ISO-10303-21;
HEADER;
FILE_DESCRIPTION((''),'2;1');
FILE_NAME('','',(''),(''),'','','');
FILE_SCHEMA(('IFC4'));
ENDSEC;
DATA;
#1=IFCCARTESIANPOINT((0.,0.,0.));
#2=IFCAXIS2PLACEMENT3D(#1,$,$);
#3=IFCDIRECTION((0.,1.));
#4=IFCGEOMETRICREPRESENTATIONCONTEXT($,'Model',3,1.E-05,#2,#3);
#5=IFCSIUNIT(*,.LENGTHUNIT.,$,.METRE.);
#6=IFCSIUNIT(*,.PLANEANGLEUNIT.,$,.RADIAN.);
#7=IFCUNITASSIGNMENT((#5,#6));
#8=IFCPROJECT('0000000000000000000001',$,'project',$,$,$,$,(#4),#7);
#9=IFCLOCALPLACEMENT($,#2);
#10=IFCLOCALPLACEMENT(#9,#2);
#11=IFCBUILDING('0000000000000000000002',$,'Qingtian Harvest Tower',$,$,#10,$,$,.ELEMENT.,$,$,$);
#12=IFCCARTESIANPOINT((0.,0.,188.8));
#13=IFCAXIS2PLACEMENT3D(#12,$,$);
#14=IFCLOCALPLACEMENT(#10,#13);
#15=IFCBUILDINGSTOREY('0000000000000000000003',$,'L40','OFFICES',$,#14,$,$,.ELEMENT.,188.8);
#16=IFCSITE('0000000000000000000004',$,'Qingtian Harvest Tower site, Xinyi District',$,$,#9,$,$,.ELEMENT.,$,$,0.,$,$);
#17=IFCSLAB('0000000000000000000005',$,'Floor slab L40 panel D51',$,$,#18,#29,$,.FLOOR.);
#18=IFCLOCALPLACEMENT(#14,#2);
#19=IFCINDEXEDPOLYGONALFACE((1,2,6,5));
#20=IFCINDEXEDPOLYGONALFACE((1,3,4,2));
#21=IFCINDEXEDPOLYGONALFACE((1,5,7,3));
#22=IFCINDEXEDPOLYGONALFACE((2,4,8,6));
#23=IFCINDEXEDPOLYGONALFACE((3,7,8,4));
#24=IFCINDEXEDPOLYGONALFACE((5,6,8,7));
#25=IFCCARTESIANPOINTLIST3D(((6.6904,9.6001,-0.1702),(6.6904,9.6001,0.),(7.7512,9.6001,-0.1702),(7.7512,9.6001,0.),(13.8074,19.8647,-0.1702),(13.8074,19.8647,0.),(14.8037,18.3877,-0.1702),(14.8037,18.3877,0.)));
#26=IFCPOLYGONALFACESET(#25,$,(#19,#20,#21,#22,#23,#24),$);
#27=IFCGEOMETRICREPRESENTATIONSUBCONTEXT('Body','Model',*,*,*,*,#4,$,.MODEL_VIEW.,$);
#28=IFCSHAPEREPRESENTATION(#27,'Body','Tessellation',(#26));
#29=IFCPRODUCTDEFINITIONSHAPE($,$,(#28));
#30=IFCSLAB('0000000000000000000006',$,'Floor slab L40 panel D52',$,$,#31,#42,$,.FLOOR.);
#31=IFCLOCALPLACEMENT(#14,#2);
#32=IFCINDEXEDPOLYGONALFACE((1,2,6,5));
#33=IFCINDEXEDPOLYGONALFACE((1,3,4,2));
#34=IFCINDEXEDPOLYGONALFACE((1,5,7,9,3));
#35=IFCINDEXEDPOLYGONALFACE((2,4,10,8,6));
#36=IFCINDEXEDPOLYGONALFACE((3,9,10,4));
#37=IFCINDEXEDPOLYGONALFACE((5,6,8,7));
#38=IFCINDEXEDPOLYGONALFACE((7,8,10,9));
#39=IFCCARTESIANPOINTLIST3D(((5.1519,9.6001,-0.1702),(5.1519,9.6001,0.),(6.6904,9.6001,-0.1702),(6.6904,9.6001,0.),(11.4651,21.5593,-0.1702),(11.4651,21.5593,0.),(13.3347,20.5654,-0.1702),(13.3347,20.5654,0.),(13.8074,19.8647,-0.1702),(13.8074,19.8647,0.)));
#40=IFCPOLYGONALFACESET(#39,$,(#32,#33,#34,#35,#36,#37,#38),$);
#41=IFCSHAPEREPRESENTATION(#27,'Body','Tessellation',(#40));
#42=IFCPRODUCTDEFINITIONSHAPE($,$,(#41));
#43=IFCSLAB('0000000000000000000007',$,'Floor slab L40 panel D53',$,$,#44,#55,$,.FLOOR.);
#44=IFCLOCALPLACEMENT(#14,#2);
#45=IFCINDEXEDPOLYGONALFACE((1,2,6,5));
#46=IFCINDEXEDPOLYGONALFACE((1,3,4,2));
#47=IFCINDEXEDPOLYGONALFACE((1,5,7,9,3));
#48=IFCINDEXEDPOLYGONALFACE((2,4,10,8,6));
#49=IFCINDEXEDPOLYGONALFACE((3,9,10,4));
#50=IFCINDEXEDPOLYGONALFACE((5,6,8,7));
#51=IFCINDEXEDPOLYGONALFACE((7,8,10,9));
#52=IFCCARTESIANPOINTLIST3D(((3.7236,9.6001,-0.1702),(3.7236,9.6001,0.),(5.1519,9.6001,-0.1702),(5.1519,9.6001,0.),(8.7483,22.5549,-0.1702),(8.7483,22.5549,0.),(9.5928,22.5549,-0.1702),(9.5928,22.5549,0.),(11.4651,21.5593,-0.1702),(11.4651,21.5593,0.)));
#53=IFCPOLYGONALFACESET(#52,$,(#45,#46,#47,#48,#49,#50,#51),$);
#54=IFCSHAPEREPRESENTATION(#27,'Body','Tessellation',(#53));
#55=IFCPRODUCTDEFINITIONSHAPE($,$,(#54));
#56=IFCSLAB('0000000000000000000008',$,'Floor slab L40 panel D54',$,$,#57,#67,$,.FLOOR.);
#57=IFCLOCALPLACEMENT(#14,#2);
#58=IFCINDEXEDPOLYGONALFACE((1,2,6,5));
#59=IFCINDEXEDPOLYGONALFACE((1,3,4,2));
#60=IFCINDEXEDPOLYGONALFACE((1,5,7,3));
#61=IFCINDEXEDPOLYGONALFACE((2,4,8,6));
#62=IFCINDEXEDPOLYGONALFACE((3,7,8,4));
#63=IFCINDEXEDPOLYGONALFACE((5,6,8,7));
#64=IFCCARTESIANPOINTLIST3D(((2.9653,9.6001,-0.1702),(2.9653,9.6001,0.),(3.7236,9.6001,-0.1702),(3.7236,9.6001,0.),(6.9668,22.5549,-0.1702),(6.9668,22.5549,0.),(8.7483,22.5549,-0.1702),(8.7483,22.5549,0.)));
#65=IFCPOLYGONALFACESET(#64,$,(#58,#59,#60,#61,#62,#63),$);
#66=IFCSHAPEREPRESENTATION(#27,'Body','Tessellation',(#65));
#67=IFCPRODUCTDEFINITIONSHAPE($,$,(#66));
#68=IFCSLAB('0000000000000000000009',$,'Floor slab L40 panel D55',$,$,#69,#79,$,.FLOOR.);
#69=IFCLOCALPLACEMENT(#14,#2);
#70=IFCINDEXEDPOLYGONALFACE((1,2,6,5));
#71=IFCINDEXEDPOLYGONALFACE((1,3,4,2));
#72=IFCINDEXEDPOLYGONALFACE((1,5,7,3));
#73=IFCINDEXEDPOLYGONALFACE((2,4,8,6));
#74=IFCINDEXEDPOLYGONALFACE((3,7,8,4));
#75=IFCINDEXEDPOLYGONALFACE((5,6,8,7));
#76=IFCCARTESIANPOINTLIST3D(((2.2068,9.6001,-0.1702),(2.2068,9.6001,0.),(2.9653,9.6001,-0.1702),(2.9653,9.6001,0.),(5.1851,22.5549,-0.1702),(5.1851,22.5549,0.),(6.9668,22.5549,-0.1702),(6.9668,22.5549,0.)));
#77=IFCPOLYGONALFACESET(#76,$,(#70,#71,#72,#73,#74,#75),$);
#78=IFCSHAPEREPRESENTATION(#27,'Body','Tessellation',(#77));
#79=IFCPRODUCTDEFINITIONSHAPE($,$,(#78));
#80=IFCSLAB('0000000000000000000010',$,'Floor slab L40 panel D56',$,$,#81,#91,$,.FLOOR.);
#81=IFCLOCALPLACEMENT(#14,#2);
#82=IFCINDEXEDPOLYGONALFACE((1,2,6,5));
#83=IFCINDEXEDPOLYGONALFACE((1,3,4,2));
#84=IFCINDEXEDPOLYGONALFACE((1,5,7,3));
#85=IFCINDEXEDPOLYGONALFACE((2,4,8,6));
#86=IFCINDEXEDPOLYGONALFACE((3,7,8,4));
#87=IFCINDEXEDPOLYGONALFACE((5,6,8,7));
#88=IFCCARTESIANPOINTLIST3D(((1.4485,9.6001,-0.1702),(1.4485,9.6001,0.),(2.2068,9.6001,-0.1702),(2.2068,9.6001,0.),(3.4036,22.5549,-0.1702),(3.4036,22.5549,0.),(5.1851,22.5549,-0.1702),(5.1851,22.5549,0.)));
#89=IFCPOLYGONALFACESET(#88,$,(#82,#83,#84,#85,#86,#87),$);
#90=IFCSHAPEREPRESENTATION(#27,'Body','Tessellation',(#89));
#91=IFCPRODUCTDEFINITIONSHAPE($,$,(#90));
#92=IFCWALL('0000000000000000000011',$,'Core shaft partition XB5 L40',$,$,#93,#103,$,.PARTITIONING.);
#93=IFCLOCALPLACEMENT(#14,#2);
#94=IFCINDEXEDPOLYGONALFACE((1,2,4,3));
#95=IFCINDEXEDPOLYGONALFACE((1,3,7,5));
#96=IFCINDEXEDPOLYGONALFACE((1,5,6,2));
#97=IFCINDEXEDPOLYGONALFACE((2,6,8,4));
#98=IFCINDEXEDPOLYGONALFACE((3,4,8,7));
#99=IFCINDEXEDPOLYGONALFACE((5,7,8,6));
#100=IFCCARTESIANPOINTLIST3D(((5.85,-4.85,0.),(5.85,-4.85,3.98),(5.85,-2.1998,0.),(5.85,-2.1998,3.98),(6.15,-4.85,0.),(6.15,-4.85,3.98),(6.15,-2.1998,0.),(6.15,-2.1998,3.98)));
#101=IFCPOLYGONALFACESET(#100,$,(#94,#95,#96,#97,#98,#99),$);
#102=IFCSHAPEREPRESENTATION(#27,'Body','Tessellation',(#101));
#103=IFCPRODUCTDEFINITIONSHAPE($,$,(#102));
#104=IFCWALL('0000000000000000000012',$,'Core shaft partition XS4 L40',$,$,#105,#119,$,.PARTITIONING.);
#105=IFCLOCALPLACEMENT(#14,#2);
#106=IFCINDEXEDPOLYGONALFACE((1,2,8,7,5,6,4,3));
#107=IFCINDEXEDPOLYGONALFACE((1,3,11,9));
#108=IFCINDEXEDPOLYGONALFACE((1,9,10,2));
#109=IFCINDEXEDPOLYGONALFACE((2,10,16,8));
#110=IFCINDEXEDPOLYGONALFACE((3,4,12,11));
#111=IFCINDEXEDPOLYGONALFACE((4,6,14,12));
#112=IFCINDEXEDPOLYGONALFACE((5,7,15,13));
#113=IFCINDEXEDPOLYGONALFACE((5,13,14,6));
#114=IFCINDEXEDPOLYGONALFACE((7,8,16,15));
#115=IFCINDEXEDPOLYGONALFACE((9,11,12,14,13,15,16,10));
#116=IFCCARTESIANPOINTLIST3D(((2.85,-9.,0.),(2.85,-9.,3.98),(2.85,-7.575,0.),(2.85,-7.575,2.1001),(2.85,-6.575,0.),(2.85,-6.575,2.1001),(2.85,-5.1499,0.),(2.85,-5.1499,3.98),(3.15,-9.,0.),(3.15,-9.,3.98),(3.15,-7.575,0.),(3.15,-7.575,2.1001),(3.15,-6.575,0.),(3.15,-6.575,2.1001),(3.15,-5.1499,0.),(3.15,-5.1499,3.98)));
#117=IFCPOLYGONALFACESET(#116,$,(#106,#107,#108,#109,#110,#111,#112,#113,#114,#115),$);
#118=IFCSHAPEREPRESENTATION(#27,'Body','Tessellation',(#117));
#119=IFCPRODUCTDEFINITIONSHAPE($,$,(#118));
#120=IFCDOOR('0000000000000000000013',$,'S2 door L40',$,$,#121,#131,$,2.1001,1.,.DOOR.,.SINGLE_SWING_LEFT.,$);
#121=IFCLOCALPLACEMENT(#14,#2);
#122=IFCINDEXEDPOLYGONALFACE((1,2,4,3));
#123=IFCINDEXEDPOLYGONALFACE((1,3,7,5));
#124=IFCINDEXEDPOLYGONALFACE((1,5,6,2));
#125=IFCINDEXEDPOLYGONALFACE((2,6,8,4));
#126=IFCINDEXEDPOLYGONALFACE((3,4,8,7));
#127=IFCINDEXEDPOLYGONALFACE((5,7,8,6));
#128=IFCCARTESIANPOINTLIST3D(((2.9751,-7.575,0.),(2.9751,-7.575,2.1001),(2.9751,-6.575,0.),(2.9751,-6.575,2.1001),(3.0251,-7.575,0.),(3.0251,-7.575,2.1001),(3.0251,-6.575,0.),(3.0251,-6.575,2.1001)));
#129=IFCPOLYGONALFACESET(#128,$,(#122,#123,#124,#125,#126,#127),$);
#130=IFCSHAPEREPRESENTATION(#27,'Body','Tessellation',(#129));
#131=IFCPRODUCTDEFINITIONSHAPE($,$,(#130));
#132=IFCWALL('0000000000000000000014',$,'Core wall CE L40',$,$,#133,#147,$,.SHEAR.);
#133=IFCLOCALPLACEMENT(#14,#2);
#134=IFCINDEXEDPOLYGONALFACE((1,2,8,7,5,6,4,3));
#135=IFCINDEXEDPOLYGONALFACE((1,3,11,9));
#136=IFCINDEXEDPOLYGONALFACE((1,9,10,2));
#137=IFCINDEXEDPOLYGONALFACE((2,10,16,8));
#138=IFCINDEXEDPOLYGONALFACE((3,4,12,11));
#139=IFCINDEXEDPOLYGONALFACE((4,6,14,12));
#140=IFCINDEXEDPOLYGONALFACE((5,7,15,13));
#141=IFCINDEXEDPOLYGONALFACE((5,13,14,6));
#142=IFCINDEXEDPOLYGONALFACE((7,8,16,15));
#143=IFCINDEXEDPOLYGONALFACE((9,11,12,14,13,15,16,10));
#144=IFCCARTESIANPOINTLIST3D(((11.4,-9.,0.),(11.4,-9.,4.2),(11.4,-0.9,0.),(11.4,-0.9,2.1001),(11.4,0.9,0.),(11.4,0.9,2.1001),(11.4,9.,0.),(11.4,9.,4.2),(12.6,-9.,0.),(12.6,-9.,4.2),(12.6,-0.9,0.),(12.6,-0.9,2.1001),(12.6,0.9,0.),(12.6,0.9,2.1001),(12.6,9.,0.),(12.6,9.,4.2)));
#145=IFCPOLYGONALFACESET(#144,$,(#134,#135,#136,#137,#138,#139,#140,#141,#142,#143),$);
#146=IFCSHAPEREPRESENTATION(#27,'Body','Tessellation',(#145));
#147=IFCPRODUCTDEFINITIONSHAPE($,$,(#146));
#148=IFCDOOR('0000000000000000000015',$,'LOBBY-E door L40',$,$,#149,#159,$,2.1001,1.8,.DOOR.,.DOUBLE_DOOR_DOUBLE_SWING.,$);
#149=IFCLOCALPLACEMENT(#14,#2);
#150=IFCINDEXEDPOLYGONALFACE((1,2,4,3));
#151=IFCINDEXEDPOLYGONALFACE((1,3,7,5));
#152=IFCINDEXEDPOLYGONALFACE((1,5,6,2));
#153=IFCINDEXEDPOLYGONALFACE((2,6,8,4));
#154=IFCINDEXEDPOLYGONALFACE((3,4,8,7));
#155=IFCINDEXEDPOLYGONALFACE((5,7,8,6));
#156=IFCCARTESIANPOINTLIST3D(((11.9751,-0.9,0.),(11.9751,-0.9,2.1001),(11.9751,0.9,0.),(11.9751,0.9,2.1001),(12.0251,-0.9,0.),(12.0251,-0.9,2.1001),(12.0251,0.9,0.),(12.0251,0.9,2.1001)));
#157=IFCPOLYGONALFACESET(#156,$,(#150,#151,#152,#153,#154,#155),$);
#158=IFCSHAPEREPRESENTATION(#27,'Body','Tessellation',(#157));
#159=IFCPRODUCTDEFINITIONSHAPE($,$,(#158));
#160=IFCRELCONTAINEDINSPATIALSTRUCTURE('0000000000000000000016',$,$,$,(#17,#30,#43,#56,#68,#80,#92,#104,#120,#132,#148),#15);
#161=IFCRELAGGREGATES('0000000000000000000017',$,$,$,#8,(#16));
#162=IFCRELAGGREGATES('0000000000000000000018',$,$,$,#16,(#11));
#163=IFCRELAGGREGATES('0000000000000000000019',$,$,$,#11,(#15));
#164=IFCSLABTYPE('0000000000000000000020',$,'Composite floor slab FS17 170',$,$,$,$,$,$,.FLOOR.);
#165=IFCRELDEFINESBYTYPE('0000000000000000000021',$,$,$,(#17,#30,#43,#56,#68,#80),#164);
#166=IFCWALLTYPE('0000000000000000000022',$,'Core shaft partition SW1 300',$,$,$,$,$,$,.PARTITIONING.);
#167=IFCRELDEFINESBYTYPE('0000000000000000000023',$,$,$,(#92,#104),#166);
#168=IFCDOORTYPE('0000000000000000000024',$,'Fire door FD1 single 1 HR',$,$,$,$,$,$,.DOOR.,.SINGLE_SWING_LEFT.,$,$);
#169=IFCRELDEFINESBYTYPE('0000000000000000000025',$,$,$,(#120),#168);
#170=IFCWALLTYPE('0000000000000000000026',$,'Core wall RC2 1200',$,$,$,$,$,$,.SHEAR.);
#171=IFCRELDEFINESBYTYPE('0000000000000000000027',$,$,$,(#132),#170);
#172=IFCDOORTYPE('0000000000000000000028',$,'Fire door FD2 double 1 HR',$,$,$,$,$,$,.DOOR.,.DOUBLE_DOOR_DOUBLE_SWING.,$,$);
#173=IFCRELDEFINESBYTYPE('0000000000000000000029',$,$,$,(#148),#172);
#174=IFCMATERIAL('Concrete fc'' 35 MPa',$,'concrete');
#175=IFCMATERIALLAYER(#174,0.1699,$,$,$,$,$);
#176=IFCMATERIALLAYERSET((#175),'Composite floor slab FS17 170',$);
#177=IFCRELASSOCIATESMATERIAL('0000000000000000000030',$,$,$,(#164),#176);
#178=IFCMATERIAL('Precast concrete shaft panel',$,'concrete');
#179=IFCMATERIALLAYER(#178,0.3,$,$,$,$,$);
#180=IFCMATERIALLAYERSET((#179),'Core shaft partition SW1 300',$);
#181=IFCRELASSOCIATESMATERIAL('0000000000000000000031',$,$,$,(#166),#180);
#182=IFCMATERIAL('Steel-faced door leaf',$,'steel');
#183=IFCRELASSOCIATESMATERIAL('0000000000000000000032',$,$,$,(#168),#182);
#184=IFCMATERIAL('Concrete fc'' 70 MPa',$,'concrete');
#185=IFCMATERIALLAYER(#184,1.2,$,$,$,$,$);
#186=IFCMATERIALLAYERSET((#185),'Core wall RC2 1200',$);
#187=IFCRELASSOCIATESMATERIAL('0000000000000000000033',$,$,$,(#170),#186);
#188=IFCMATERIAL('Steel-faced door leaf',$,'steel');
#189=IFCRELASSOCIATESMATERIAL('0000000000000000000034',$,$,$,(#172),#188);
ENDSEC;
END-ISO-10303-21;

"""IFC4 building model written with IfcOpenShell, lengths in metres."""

from ifc_helpers import new_model, si_unit, direction, frame, frame_2d, origin, place, context, subcontext, project, spatial, polyline, rectangle, outline, extrude, material, layer, layer_set, type_object, element, fill, save


model = new_model("IFC4")

# Units and contexts
model_context = context("Model", 3, precision=1e-05, world=origin(), true_north=direction((0.0, 1.0)))
body_context = subcontext(model_context, "Body", "Model", "MODEL_VIEW")
ifc_project = project(units=[si_unit("LENGTHUNIT", "METRE"), si_unit("PLANEANGLEUNIT", "RADIAN")], contexts=[model_context])

# Site, building, storey
site_placement = place(None, origin())
site = spatial("IfcSite", under=ifc_project, at=site_placement, Name="Qingtian Harvest Tower site, Xinyi District", CompositionType="ELEMENT", RefElevation=0.0)
building_placement = place(site_placement, origin())
building = spatial("IfcBuilding", under=site, at=building_placement, Name="Qingtian Harvest Tower", CompositionType="ELEMENT")
storey_placement = place(building_placement, frame((0.0, 0.0, 188.8)))
storey = spatial("IfcBuildingStorey", under=building, at=storey_placement, Name="L40", Description="OFFICES", CompositionType="ELEMENT", Elevation=188.8)

# Slabs
ifc_material_1 = material(Name="Concrete fc' 35 MPa", Category="concrete")
ifc_layer_1 = layer(ifc_material_1, 0.1699)
ifc_layer_set_1 = layer_set([ifc_layer_1], Name="Composite floor slab FS17 170")
slab_type = type_object("IfcSlabType", Name="Composite floor slab FS17 170", PredefinedType="FLOOR", material=ifc_layer_set_1)
slab_1_placement = place(storey_placement, frame((0.0, 0.0, -0.1702)))
element("IfcSlab", 1, at=slab_1_placement, inside=storey, type_object=slab_type, Name="Floor slab L40 panel D51", PredefinedType="FLOOR", context=body_context, shape_type="SweptSolid", body=[
    extrude(outline(polyline([(6.6904, 9.6001), (13.8074, 19.8647), (14.8037, 18.3877), (7.7512, 9.6001), (6.6904, 9.6001)])), origin(), (0.0, 0.0, 1.0), 0.1702),
])
slab_2_placement = place(storey_placement, frame((0.0, 0.0, -0.1702)))
element("IfcSlab", 2, at=slab_2_placement, inside=storey, type_object=slab_type, Name="Floor slab L40 panel D52", PredefinedType="FLOOR", context=body_context, shape_type="SweptSolid", body=[
    extrude(outline(polyline([(6.6904, 9.6001), (5.1519, 9.6001), (11.4651, 21.5593), (13.3347, 20.5654), (13.8074, 19.8647), (6.6904, 9.6001)])), origin(), (0.0, 0.0, 1.0), 0.1702),
])
slab_3_placement = place(storey_placement, frame((0.0, 0.0, -0.1702)))
element("IfcSlab", 3, at=slab_3_placement, inside=storey, type_object=slab_type, Name="Floor slab L40 panel D53", PredefinedType="FLOOR", context=body_context, shape_type="SweptSolid", body=[
    extrude(outline(polyline([(3.7236, 9.6001), (8.7483, 22.5549), (9.5928, 22.5549), (11.4651, 21.5593), (5.1519, 9.6001), (3.7236, 9.6001)])), origin(), (0.0, 0.0, 1.0), 0.1702),
])
slab_4_placement = place(storey_placement, frame((0.0, 0.0, -0.1702)))
element("IfcSlab", 4, at=slab_4_placement, inside=storey, type_object=slab_type, Name="Floor slab L40 panel D54", PredefinedType="FLOOR", context=body_context, shape_type="SweptSolid", body=[
    extrude(outline(polyline([(2.9653, 9.6001), (6.9668, 22.5549), (8.7483, 22.5549), (3.7236, 9.6001), (2.9653, 9.6001)])), origin(), (0.0, 0.0, 1.0), 0.1702),
])
slab_5_placement = place(storey_placement, frame((0.0, 0.0, -0.1702)))
element("IfcSlab", 5, at=slab_5_placement, inside=storey, type_object=slab_type, Name="Floor slab L40 panel D55", PredefinedType="FLOOR", context=body_context, shape_type="SweptSolid", body=[
    extrude(outline(polyline([(2.2068, 9.6001), (5.1851, 22.5549), (6.9668, 22.5549), (2.9653, 9.6001), (2.2068, 9.6001)])), origin(), (0.0, 0.0, 1.0), 0.1702),
])
slab_6_placement = place(storey_placement, frame((0.0, 0.0, -0.1702)))
element("IfcSlab", 6, at=slab_6_placement, inside=storey, type_object=slab_type, Name="Floor slab L40 panel D56", PredefinedType="FLOOR", context=body_context, shape_type="SweptSolid", body=[
    extrude(outline(polyline([(1.4485, 9.6001), (3.4036, 22.5549), (5.1851, 22.5549), (2.2068, 9.6001), (1.4485, 9.6001)])), origin(), (0.0, 0.0, 1.0), 0.1702),
])

# Wall
ifc_material_2 = material(Name="Precast concrete shaft panel", Category="concrete")
ifc_layer_2 = layer(ifc_material_2, 0.3)
ifc_layer_set_2 = layer_set([ifc_layer_2], Name="Core shaft partition SW1 300")
wall_type_1 = type_object("IfcWallType", Name="Core shaft partition SW1 300", PredefinedType="PARTITIONING", material=ifc_layer_set_2)
wall_1_placement = place(storey_placement, frame((6.0, -4.8501, 0.0), z_axis=(0.0, 0.0, 1.0), x_axis=(0.0, 1.0, 0.0)))
element("IfcWall", 7, at=wall_1_placement, inside=storey, type_object=wall_type_1, Name="Core shaft partition XB5 L40", PredefinedType="PARTITIONING", context=body_context, shape_type="SweptSolid", body=[
    extrude(rectangle(XDim=2.6501, YDim=0.3, at=frame_2d((1.3252, 0.0))), origin(), (0.0, 0.0, 1.0), 3.98),
])

# Walls, openings, doors
wall_2_placement = place(storey_placement, frame((3.0, -9.0, 0.0), z_axis=(0.0, 0.0, 1.0), x_axis=(0.0, 1.0, 0.0)))
wall_2 = element("IfcWall", 8, at=wall_2_placement, inside=storey, type_object=wall_type_1, Name="Core shaft partition XS4 L40", PredefinedType="PARTITIONING", context=body_context, shape_type="SweptSolid", body=[
    extrude(rectangle(XDim=3.8501, YDim=0.3, at=frame_2d((1.925, 0.0))), origin(), (0.0, 0.0, 1.0), 3.98),
])
opening_1_placement = place(wall_2_placement, frame((1.425, 0.0, 0.0)))
opening_1 = element("IfcOpeningElement", 9, at=opening_1_placement, cuts=wall_2, PredefinedType="OPENING", context=body_context, shape_type="SweptSolid", body=[
    extrude(rectangle(XDim=1.0, YDim=2.1001, at=frame_2d((0.5, 1.05))), frame((0.0, 0.1599, 0.0), z_axis=(0.0, -1.0, 0.0), x_axis=(1.0, 0.0, 0.0)), (0.0, 0.0, 1.0), 0.3201),
])
ifc_material_3 = material(Name="Steel-faced door leaf", Category="steel")
door_type_1 = type_object("IfcDoorType", Name="Fire door FD1 single 1 HR", OperationType="SINGLE_SWING_LEFT", PredefinedType="DOOR", material=ifc_material_3)
door_1_placement = place(opening_1_placement, origin())
door_1 = element("IfcDoor", 10, at=door_1_placement, inside=storey, type_object=door_type_1, Name="S2 door L40", OperationType="SINGLE_SWING_LEFT", OverallHeight=2.1001, OverallWidth=1.0, PredefinedType="DOOR", context=body_context, shape_type="SweptSolid", body=[
    extrude(rectangle(XDim=1.0, YDim=2.1001, at=frame_2d((0.5, 1.05))), frame((0.0, 0.0249, 0.0), z_axis=(0.0, -1.0, 0.0), x_axis=(1.0, 0.0, 0.0)), (0.0, 0.0, 1.0), 0.05),
])
fill(opening_1, door_1)
ifc_material_4 = material(Name="Concrete fc' 70 MPa", Category="concrete")
ifc_layer_3 = layer(ifc_material_4, 1.2)
ifc_layer_set_3 = layer_set([ifc_layer_3], Name="Core wall RC2 1200")
wall_type_2 = type_object("IfcWallType", Name="Core wall RC2 1200", PredefinedType="SHEAR", material=ifc_layer_set_3)
wall_3_placement = place(storey_placement, frame((12.0, -9.0, 0.0), z_axis=(0.0, 0.0, 1.0), x_axis=(0.0, 1.0, 0.0)))
wall_3 = element("IfcWall", 11, at=wall_3_placement, inside=storey, type_object=wall_type_2, Name="Core wall CE L40", PredefinedType="SHEAR", context=body_context, shape_type="SweptSolid", body=[
    extrude(rectangle(XDim=18.0, YDim=1.2, at=frame_2d((9.0, 0.0))), origin(), (0.0, 0.0, 1.0), 4.2),
])
opening_2_placement = place(wall_3_placement, frame((8.1001, 0.0, 0.0)))
opening_2 = element("IfcOpeningElement", 12, at=opening_2_placement, cuts=wall_3, PredefinedType="OPENING", context=body_context, shape_type="SweptSolid", body=[
    extrude(rectangle(XDim=1.8, YDim=2.1001, at=frame_2d((0.8999, 1.05))), frame((0.0, 0.6099, 0.0), z_axis=(0.0, -1.0, 0.0), x_axis=(1.0, 0.0, 0.0)), (0.0, 0.0, 1.0), 1.22),
])
ifc_material_5 = material(Name="Steel-faced door leaf", Category="steel")
door_type_2 = type_object("IfcDoorType", Name="Fire door FD2 double 1 HR", OperationType="DOUBLE_DOOR_DOUBLE_SWING", PredefinedType="DOOR", material=ifc_material_5)
door_2_placement = place(opening_2_placement, origin())
door_2 = element("IfcDoor", 13, at=door_2_placement, inside=storey, type_object=door_type_2, Name="LOBBY-E door L40", OperationType="DOUBLE_DOOR_DOUBLE_SWING", OverallHeight=2.1001, OverallWidth=1.8, PredefinedType="DOOR", context=body_context, shape_type="SweptSolid", body=[
    extrude(rectangle(XDim=1.8, YDim=2.1001, at=frame_2d((0.8999, 1.05))), frame((0.0, 0.0249, 0.0), z_axis=(0.0, -1.0, 0.0), x_axis=(1.0, 0.0, 0.0)), (0.0, 0.0, 1.0), 0.05),
])
fill(opening_2, door_2)

save(model, "model.ifc")
